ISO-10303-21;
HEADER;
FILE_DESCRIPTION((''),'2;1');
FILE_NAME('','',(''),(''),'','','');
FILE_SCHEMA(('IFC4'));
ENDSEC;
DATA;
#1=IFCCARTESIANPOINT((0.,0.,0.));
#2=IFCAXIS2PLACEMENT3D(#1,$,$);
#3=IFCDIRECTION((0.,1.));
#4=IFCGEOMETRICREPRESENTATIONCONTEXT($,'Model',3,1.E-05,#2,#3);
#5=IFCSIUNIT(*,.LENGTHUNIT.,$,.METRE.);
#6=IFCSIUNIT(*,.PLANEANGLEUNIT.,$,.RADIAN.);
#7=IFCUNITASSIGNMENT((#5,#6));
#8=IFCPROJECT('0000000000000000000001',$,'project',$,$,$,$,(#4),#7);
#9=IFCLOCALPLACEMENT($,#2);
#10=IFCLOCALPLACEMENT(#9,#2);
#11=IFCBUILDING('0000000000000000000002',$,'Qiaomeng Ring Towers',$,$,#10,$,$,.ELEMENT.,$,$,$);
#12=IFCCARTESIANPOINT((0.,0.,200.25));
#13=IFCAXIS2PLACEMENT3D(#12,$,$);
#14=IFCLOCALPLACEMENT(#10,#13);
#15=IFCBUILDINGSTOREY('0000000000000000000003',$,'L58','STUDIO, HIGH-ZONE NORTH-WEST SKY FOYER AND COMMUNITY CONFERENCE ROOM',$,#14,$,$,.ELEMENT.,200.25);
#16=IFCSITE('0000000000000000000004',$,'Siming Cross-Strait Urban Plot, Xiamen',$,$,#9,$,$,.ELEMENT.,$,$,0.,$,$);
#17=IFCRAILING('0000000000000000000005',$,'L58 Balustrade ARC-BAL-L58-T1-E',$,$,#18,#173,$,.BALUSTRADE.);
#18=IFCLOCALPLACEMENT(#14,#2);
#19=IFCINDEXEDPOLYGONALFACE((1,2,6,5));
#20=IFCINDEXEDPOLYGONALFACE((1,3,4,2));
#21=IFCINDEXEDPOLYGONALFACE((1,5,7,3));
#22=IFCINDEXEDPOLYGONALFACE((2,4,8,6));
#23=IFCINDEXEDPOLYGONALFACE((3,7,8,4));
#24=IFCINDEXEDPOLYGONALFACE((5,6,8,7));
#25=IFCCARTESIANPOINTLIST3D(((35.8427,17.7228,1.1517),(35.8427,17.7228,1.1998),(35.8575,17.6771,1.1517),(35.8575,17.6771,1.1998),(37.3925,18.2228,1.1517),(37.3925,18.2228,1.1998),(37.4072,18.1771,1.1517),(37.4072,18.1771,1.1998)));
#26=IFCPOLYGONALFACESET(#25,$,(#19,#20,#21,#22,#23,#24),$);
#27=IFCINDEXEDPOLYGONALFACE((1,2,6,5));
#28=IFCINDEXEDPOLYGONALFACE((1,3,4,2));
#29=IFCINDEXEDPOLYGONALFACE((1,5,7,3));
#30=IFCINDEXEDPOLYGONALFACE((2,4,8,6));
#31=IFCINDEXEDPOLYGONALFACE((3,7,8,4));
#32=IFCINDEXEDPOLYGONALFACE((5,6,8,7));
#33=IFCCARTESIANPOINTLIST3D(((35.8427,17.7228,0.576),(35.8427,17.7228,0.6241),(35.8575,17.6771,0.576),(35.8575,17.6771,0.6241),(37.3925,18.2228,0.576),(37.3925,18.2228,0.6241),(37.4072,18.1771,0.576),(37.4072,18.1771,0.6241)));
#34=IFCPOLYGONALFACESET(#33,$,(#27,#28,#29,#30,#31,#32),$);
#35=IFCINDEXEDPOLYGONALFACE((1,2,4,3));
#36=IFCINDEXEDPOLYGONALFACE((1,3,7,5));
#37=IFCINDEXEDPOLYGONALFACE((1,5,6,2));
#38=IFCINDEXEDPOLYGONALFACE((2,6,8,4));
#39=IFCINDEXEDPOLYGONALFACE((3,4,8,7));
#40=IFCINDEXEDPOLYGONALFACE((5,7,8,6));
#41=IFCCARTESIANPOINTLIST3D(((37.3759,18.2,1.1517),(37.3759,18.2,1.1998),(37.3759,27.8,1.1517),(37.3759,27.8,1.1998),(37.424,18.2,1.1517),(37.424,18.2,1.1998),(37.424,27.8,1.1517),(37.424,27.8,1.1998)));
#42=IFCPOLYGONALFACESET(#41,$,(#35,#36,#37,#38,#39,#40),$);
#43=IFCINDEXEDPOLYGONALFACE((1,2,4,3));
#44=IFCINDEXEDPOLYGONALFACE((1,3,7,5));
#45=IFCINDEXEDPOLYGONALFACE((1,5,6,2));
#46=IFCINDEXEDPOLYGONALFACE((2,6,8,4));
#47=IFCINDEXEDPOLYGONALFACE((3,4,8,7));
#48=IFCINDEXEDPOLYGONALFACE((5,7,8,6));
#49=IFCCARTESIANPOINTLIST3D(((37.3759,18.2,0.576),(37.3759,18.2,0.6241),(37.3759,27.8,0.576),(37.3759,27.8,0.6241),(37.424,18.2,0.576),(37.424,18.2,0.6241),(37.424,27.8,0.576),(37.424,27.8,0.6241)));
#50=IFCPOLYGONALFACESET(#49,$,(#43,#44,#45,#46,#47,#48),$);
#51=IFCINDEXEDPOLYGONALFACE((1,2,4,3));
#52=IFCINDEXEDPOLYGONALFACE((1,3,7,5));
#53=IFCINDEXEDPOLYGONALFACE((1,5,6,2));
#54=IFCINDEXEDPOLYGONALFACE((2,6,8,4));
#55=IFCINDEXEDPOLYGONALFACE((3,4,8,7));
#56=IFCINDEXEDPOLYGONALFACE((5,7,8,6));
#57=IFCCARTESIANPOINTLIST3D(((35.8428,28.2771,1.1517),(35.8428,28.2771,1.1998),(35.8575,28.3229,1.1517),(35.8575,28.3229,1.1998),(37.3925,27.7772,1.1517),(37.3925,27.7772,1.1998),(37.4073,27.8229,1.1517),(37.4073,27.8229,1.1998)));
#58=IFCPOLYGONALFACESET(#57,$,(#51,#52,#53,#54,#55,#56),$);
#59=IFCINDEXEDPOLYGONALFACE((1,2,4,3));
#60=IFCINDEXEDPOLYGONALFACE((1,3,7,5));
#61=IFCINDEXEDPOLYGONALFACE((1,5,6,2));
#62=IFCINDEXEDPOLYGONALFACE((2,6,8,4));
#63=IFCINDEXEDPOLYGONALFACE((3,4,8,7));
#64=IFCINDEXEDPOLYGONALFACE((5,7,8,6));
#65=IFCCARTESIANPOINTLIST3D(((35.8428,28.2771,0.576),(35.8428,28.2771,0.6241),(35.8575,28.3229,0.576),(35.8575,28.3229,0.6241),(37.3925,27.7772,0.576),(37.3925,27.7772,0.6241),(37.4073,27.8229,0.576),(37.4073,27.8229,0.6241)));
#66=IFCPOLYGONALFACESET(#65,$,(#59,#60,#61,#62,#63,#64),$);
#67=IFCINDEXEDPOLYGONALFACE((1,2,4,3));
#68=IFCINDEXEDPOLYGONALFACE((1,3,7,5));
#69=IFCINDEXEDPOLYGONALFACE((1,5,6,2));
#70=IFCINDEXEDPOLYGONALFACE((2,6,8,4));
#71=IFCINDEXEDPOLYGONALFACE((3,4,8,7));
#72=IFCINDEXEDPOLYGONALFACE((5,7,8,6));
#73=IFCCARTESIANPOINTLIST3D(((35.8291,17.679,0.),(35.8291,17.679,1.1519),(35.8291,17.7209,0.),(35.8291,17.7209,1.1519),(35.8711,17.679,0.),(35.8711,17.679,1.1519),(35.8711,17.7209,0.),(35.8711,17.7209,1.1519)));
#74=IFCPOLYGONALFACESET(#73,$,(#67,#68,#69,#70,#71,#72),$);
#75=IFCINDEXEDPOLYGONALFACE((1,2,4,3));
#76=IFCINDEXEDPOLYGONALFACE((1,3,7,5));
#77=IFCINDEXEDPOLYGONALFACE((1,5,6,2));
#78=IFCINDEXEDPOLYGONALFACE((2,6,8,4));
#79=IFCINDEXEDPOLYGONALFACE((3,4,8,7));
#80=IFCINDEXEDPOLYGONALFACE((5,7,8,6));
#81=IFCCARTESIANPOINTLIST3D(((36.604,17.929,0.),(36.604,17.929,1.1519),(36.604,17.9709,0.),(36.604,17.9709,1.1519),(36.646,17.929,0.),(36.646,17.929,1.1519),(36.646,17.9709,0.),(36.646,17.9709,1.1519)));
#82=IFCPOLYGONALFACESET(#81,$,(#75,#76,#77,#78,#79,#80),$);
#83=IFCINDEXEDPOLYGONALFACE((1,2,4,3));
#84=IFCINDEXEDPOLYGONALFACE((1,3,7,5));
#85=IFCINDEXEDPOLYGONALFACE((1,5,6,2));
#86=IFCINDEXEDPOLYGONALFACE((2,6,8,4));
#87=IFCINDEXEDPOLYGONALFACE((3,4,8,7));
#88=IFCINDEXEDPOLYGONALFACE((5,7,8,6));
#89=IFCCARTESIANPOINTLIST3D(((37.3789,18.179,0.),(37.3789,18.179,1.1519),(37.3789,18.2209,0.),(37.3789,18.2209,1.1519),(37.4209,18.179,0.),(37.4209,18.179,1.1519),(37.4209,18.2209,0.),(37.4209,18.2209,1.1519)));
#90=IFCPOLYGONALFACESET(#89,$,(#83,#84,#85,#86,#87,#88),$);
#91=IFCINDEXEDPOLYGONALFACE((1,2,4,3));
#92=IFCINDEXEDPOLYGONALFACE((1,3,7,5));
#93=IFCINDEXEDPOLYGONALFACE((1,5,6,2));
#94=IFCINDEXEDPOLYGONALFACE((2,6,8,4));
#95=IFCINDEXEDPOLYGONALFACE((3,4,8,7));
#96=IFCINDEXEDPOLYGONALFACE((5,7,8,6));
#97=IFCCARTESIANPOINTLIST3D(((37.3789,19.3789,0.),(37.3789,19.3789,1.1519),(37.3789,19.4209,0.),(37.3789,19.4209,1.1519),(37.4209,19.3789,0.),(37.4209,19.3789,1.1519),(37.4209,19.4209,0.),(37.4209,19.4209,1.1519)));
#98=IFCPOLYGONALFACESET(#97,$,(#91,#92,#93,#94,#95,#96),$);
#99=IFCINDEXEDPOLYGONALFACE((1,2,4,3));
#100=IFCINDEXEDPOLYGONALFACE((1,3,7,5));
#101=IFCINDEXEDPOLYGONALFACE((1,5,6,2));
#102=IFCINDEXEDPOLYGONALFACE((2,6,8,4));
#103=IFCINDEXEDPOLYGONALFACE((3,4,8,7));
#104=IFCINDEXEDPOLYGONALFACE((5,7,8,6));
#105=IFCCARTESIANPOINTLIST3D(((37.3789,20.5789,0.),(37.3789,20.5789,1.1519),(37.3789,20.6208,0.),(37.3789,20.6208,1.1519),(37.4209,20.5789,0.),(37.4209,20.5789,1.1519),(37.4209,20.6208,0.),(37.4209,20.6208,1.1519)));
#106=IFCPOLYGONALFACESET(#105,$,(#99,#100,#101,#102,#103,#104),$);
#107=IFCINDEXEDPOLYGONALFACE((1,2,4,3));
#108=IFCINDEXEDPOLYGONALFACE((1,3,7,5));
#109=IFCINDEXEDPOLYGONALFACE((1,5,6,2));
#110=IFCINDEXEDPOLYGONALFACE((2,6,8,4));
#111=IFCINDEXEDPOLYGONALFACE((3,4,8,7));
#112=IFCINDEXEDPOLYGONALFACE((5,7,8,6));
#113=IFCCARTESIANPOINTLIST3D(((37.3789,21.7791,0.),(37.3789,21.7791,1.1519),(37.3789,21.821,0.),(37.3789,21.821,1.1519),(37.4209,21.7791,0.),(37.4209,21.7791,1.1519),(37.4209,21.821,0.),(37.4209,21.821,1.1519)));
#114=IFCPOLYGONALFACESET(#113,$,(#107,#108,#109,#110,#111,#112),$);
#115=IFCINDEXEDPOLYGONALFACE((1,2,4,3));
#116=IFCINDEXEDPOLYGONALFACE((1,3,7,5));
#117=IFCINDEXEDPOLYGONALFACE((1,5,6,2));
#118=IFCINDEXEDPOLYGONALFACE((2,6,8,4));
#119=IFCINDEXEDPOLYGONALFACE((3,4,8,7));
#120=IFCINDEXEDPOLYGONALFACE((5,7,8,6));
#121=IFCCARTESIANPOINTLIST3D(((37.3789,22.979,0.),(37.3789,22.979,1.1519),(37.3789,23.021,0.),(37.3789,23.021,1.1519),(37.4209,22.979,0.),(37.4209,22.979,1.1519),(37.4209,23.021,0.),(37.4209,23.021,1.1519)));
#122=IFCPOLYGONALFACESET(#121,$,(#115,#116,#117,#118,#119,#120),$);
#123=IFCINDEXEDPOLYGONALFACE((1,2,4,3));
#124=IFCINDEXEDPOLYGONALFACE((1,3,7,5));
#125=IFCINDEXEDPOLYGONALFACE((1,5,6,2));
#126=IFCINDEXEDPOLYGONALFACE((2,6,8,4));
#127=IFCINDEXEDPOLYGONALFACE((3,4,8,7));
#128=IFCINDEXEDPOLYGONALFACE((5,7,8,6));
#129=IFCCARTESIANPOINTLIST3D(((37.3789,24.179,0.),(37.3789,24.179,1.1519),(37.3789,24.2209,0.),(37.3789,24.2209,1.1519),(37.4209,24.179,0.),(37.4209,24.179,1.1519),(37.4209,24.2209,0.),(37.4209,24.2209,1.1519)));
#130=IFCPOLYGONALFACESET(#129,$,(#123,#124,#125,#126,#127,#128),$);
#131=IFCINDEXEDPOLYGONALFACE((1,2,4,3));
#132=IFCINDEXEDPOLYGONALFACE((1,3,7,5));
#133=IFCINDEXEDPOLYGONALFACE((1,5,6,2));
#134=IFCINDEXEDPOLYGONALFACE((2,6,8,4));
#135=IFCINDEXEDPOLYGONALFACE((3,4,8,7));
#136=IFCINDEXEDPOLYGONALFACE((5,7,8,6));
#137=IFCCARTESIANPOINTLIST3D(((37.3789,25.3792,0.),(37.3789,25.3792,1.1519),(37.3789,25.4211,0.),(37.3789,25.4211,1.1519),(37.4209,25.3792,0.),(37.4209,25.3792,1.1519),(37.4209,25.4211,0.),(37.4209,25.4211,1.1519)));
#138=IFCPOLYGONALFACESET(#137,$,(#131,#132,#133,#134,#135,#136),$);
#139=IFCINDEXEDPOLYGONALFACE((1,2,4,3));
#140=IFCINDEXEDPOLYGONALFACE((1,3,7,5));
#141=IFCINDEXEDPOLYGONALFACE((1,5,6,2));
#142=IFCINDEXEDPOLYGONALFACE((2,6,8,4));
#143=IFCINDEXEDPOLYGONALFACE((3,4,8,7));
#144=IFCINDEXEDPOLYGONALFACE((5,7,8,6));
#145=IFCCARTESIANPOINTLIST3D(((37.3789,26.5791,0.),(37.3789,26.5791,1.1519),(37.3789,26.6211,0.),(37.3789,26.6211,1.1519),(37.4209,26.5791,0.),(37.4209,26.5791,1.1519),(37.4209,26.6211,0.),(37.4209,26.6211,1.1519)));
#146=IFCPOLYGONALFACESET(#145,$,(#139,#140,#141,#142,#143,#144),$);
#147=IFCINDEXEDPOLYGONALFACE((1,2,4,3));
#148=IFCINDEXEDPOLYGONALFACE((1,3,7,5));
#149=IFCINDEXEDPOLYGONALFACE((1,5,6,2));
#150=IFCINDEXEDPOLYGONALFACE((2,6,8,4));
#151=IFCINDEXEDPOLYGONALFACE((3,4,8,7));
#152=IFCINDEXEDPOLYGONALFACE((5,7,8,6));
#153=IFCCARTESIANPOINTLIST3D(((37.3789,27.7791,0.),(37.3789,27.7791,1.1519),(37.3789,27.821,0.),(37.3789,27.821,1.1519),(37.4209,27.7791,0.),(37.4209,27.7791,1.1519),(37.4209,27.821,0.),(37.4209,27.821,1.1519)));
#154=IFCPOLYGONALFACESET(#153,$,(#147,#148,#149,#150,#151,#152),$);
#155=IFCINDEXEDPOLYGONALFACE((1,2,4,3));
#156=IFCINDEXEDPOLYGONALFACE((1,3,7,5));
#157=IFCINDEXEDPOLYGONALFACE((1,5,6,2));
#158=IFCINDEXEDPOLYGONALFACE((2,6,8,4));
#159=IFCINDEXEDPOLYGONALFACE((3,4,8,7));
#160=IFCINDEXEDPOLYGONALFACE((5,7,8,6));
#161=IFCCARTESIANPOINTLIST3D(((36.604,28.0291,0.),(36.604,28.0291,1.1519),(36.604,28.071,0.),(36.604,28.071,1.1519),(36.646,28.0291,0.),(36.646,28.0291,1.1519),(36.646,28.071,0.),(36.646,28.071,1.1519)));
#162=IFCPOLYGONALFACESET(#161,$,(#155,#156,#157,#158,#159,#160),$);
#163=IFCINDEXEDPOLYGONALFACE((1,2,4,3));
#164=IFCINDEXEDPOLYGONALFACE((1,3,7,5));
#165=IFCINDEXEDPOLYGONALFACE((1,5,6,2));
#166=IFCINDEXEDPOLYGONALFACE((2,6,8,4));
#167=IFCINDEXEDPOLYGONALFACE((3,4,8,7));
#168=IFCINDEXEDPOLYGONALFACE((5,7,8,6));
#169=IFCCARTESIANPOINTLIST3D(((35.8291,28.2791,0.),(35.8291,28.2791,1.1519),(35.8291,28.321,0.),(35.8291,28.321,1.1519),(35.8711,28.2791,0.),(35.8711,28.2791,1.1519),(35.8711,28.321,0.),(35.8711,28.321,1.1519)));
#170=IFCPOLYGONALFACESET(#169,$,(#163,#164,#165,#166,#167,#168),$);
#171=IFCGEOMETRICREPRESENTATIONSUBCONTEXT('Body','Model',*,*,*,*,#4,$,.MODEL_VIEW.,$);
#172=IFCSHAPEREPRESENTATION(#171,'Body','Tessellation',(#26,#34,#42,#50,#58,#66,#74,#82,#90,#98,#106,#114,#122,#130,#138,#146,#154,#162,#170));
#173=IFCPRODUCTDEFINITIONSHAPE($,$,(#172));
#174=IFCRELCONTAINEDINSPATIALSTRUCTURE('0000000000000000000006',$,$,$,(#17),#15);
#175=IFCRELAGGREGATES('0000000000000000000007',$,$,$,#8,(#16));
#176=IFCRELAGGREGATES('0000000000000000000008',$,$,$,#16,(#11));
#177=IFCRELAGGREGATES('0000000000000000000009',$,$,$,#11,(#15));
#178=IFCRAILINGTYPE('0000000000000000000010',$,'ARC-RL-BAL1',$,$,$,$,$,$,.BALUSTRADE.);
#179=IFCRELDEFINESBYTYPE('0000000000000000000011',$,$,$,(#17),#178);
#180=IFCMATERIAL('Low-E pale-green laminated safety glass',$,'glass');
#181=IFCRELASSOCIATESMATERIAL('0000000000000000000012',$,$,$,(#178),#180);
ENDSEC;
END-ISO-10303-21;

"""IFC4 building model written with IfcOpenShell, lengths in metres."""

from ifc_helpers import new_model, si_unit, direction, frame, origin, origin_2d, place, context, subcontext, project, spatial, rectangle, extrude, material, type_object, element, save


model = new_model("IFC4")

# Units and contexts
model_context = context("Model", 3, precision=1e-05, world=origin(), true_north=direction((0.0, 1.0)))
body_context = subcontext(model_context, "Body", "Model", "MODEL_VIEW")
ifc_project = project(units=[si_unit("LENGTHUNIT", "METRE"), si_unit("PLANEANGLEUNIT", "RADIAN")], contexts=[model_context])

# Site, building, storey
site_placement = place(None, origin())
site = spatial("IfcSite", under=ifc_project, at=site_placement, Name="Siming Cross-Strait Urban Plot, Xiamen", CompositionType="ELEMENT", RefElevation=0.0)
building_placement = place(site_placement, origin())
building = spatial("IfcBuilding", under=site, at=building_placement, Name="Qiaomeng Ring Towers", CompositionType="ELEMENT")
storey_placement = place(building_placement, frame((0.0, 0.0, 200.25)))
storey = spatial("IfcBuildingStorey", under=building, at=storey_placement, Name="L58", Description="STUDIO, HIGH-ZONE NORTH-WEST SKY FOYER AND COMMUNITY CONFERENCE ROOM", CompositionType="ELEMENT", Elevation=200.25)

# Railing
ifc_material_1 = material(Name="Low-E pale-green laminated safety glass", Category="glass")
railing_type = type_object("IfcRailingType", Name="ARC-RL-BAL1", PredefinedType="BALUSTRADE", material=ifc_material_1)
railing_placement = place(storey_placement, frame((35.8501, 17.7, 0.0)))
element("IfcRailing", 1, at=railing_placement, inside=storey, type_object=railing_type, Name="L58 Balustrade ARC-BAL-L58-T1-E", PredefinedType="BALUSTRADE", context=body_context, shape_type="SweptSolid", body=[
    extrude(rectangle(XDim=0.0481, YDim=0.0481, at=origin_2d()), frame((0.0, 0.0, 1.1758), z_axis=(0.951697, 0.307038, 0.0), x_axis=(-0.307038, 0.951697, 0.0)), (0.0, 0.0, 1.0), 1.6284),
    extrude(rectangle(XDim=0.0481, YDim=0.0481, at=origin_2d()), frame((0.0, 0.0, 0.6001), z_axis=(0.951697, 0.307038, 0.0), x_axis=(-0.307038, 0.951697, 0.0)), (0.0, 0.0, 1.0), 1.6284),
    extrude(rectangle(XDim=0.0481, YDim=0.0481, at=origin_2d()), frame((1.5498, 0.5, 1.1758), z_axis=(0.0, 1.0, 0.0), x_axis=(-1.0, 0.0, 0.0)), (0.0, 0.0, 1.0), 9.6001),
    extrude(rectangle(XDim=0.0481, YDim=0.0481, at=origin_2d()), frame((1.5498, 0.5, 0.6001), z_axis=(0.0, 1.0, 0.0), x_axis=(-1.0, 0.0, 0.0)), (0.0, 0.0, 1.0), 9.6001),
    extrude(rectangle(XDim=0.0481, YDim=0.0481, at=origin_2d()), frame((1.5498, 10.1001, 1.1758), z_axis=(-0.951697, 0.307038, 0.0), x_axis=(-0.307038, -0.951697, 0.0)), (0.0, 0.0, 1.0), 1.6284),
    extrude(rectangle(XDim=0.0481, YDim=0.0481, at=origin_2d()), frame((1.5498, 10.1001, 0.6001), z_axis=(-0.951697, 0.307038, 0.0), x_axis=(-0.307038, -0.951697, 0.0)), (0.0, 0.0, 1.0), 1.6284),
    extrude(rectangle(XDim=0.042, YDim=0.042, at=origin_2d()), origin(), (0.0, 0.0, 1.0), 1.1519),
    extrude(rectangle(XDim=0.042, YDim=0.042, at=origin_2d()), frame((0.7749, 0.25, 0.0)), (0.0, 0.0, 1.0), 1.1519),
    extrude(rectangle(XDim=0.042, YDim=0.042, at=origin_2d()), frame((1.5498, 0.5, 0.0)), (0.0, 0.0, 1.0), 1.1519),
    extrude(rectangle(XDim=0.042, YDim=0.042, at=origin_2d()), frame((1.5498, 1.7, 0.0)), (0.0, 0.0, 1.0), 1.1519),
    extrude(rectangle(XDim=0.042, YDim=0.042, at=origin_2d()), frame((1.5498, 2.8999, 0.0)), (0.0, 0.0, 1.0), 1.1519),
    extrude(rectangle(XDim=0.042, YDim=0.042, at=origin_2d()), frame((1.5498, 4.1001, 0.0)), (0.0, 0.0, 1.0), 1.1519),
    extrude(rectangle(XDim=0.042, YDim=0.042, at=origin_2d()), frame((1.5498, 5.3, 0.0)), (0.0, 0.0, 1.0), 1.1519),
    extrude(rectangle(XDim=0.042, YDim=0.042, at=origin_2d()), frame((1.5498, 6.5, 0.0)), (0.0, 0.0, 1.0), 1.1519),
    extrude(rectangle(XDim=0.042, YDim=0.042, at=origin_2d()), frame((1.5498, 7.7002, 0.0)), (0.0, 0.0, 1.0), 1.1519),
    extrude(rectangle(XDim=0.042, YDim=0.042, at=origin_2d()), frame((1.5498, 8.9001, 0.0)), (0.0, 0.0, 1.0), 1.1519),
    extrude(rectangle(XDim=0.042, YDim=0.042, at=origin_2d()), frame((1.5498, 10.1001, 0.0)), (0.0, 0.0, 1.0), 1.1519),
    extrude(rectangle(XDim=0.042, YDim=0.042, at=origin_2d()), frame((0.7749, 10.3501, 0.0)), (0.0, 0.0, 1.0), 1.1519),
    extrude(rectangle(XDim=0.042, YDim=0.042, at=origin_2d()), frame((0.0, 10.6001, 0.0)), (0.0, 0.0, 1.0), 1.1519),
])

save(model, "model.ifc")
